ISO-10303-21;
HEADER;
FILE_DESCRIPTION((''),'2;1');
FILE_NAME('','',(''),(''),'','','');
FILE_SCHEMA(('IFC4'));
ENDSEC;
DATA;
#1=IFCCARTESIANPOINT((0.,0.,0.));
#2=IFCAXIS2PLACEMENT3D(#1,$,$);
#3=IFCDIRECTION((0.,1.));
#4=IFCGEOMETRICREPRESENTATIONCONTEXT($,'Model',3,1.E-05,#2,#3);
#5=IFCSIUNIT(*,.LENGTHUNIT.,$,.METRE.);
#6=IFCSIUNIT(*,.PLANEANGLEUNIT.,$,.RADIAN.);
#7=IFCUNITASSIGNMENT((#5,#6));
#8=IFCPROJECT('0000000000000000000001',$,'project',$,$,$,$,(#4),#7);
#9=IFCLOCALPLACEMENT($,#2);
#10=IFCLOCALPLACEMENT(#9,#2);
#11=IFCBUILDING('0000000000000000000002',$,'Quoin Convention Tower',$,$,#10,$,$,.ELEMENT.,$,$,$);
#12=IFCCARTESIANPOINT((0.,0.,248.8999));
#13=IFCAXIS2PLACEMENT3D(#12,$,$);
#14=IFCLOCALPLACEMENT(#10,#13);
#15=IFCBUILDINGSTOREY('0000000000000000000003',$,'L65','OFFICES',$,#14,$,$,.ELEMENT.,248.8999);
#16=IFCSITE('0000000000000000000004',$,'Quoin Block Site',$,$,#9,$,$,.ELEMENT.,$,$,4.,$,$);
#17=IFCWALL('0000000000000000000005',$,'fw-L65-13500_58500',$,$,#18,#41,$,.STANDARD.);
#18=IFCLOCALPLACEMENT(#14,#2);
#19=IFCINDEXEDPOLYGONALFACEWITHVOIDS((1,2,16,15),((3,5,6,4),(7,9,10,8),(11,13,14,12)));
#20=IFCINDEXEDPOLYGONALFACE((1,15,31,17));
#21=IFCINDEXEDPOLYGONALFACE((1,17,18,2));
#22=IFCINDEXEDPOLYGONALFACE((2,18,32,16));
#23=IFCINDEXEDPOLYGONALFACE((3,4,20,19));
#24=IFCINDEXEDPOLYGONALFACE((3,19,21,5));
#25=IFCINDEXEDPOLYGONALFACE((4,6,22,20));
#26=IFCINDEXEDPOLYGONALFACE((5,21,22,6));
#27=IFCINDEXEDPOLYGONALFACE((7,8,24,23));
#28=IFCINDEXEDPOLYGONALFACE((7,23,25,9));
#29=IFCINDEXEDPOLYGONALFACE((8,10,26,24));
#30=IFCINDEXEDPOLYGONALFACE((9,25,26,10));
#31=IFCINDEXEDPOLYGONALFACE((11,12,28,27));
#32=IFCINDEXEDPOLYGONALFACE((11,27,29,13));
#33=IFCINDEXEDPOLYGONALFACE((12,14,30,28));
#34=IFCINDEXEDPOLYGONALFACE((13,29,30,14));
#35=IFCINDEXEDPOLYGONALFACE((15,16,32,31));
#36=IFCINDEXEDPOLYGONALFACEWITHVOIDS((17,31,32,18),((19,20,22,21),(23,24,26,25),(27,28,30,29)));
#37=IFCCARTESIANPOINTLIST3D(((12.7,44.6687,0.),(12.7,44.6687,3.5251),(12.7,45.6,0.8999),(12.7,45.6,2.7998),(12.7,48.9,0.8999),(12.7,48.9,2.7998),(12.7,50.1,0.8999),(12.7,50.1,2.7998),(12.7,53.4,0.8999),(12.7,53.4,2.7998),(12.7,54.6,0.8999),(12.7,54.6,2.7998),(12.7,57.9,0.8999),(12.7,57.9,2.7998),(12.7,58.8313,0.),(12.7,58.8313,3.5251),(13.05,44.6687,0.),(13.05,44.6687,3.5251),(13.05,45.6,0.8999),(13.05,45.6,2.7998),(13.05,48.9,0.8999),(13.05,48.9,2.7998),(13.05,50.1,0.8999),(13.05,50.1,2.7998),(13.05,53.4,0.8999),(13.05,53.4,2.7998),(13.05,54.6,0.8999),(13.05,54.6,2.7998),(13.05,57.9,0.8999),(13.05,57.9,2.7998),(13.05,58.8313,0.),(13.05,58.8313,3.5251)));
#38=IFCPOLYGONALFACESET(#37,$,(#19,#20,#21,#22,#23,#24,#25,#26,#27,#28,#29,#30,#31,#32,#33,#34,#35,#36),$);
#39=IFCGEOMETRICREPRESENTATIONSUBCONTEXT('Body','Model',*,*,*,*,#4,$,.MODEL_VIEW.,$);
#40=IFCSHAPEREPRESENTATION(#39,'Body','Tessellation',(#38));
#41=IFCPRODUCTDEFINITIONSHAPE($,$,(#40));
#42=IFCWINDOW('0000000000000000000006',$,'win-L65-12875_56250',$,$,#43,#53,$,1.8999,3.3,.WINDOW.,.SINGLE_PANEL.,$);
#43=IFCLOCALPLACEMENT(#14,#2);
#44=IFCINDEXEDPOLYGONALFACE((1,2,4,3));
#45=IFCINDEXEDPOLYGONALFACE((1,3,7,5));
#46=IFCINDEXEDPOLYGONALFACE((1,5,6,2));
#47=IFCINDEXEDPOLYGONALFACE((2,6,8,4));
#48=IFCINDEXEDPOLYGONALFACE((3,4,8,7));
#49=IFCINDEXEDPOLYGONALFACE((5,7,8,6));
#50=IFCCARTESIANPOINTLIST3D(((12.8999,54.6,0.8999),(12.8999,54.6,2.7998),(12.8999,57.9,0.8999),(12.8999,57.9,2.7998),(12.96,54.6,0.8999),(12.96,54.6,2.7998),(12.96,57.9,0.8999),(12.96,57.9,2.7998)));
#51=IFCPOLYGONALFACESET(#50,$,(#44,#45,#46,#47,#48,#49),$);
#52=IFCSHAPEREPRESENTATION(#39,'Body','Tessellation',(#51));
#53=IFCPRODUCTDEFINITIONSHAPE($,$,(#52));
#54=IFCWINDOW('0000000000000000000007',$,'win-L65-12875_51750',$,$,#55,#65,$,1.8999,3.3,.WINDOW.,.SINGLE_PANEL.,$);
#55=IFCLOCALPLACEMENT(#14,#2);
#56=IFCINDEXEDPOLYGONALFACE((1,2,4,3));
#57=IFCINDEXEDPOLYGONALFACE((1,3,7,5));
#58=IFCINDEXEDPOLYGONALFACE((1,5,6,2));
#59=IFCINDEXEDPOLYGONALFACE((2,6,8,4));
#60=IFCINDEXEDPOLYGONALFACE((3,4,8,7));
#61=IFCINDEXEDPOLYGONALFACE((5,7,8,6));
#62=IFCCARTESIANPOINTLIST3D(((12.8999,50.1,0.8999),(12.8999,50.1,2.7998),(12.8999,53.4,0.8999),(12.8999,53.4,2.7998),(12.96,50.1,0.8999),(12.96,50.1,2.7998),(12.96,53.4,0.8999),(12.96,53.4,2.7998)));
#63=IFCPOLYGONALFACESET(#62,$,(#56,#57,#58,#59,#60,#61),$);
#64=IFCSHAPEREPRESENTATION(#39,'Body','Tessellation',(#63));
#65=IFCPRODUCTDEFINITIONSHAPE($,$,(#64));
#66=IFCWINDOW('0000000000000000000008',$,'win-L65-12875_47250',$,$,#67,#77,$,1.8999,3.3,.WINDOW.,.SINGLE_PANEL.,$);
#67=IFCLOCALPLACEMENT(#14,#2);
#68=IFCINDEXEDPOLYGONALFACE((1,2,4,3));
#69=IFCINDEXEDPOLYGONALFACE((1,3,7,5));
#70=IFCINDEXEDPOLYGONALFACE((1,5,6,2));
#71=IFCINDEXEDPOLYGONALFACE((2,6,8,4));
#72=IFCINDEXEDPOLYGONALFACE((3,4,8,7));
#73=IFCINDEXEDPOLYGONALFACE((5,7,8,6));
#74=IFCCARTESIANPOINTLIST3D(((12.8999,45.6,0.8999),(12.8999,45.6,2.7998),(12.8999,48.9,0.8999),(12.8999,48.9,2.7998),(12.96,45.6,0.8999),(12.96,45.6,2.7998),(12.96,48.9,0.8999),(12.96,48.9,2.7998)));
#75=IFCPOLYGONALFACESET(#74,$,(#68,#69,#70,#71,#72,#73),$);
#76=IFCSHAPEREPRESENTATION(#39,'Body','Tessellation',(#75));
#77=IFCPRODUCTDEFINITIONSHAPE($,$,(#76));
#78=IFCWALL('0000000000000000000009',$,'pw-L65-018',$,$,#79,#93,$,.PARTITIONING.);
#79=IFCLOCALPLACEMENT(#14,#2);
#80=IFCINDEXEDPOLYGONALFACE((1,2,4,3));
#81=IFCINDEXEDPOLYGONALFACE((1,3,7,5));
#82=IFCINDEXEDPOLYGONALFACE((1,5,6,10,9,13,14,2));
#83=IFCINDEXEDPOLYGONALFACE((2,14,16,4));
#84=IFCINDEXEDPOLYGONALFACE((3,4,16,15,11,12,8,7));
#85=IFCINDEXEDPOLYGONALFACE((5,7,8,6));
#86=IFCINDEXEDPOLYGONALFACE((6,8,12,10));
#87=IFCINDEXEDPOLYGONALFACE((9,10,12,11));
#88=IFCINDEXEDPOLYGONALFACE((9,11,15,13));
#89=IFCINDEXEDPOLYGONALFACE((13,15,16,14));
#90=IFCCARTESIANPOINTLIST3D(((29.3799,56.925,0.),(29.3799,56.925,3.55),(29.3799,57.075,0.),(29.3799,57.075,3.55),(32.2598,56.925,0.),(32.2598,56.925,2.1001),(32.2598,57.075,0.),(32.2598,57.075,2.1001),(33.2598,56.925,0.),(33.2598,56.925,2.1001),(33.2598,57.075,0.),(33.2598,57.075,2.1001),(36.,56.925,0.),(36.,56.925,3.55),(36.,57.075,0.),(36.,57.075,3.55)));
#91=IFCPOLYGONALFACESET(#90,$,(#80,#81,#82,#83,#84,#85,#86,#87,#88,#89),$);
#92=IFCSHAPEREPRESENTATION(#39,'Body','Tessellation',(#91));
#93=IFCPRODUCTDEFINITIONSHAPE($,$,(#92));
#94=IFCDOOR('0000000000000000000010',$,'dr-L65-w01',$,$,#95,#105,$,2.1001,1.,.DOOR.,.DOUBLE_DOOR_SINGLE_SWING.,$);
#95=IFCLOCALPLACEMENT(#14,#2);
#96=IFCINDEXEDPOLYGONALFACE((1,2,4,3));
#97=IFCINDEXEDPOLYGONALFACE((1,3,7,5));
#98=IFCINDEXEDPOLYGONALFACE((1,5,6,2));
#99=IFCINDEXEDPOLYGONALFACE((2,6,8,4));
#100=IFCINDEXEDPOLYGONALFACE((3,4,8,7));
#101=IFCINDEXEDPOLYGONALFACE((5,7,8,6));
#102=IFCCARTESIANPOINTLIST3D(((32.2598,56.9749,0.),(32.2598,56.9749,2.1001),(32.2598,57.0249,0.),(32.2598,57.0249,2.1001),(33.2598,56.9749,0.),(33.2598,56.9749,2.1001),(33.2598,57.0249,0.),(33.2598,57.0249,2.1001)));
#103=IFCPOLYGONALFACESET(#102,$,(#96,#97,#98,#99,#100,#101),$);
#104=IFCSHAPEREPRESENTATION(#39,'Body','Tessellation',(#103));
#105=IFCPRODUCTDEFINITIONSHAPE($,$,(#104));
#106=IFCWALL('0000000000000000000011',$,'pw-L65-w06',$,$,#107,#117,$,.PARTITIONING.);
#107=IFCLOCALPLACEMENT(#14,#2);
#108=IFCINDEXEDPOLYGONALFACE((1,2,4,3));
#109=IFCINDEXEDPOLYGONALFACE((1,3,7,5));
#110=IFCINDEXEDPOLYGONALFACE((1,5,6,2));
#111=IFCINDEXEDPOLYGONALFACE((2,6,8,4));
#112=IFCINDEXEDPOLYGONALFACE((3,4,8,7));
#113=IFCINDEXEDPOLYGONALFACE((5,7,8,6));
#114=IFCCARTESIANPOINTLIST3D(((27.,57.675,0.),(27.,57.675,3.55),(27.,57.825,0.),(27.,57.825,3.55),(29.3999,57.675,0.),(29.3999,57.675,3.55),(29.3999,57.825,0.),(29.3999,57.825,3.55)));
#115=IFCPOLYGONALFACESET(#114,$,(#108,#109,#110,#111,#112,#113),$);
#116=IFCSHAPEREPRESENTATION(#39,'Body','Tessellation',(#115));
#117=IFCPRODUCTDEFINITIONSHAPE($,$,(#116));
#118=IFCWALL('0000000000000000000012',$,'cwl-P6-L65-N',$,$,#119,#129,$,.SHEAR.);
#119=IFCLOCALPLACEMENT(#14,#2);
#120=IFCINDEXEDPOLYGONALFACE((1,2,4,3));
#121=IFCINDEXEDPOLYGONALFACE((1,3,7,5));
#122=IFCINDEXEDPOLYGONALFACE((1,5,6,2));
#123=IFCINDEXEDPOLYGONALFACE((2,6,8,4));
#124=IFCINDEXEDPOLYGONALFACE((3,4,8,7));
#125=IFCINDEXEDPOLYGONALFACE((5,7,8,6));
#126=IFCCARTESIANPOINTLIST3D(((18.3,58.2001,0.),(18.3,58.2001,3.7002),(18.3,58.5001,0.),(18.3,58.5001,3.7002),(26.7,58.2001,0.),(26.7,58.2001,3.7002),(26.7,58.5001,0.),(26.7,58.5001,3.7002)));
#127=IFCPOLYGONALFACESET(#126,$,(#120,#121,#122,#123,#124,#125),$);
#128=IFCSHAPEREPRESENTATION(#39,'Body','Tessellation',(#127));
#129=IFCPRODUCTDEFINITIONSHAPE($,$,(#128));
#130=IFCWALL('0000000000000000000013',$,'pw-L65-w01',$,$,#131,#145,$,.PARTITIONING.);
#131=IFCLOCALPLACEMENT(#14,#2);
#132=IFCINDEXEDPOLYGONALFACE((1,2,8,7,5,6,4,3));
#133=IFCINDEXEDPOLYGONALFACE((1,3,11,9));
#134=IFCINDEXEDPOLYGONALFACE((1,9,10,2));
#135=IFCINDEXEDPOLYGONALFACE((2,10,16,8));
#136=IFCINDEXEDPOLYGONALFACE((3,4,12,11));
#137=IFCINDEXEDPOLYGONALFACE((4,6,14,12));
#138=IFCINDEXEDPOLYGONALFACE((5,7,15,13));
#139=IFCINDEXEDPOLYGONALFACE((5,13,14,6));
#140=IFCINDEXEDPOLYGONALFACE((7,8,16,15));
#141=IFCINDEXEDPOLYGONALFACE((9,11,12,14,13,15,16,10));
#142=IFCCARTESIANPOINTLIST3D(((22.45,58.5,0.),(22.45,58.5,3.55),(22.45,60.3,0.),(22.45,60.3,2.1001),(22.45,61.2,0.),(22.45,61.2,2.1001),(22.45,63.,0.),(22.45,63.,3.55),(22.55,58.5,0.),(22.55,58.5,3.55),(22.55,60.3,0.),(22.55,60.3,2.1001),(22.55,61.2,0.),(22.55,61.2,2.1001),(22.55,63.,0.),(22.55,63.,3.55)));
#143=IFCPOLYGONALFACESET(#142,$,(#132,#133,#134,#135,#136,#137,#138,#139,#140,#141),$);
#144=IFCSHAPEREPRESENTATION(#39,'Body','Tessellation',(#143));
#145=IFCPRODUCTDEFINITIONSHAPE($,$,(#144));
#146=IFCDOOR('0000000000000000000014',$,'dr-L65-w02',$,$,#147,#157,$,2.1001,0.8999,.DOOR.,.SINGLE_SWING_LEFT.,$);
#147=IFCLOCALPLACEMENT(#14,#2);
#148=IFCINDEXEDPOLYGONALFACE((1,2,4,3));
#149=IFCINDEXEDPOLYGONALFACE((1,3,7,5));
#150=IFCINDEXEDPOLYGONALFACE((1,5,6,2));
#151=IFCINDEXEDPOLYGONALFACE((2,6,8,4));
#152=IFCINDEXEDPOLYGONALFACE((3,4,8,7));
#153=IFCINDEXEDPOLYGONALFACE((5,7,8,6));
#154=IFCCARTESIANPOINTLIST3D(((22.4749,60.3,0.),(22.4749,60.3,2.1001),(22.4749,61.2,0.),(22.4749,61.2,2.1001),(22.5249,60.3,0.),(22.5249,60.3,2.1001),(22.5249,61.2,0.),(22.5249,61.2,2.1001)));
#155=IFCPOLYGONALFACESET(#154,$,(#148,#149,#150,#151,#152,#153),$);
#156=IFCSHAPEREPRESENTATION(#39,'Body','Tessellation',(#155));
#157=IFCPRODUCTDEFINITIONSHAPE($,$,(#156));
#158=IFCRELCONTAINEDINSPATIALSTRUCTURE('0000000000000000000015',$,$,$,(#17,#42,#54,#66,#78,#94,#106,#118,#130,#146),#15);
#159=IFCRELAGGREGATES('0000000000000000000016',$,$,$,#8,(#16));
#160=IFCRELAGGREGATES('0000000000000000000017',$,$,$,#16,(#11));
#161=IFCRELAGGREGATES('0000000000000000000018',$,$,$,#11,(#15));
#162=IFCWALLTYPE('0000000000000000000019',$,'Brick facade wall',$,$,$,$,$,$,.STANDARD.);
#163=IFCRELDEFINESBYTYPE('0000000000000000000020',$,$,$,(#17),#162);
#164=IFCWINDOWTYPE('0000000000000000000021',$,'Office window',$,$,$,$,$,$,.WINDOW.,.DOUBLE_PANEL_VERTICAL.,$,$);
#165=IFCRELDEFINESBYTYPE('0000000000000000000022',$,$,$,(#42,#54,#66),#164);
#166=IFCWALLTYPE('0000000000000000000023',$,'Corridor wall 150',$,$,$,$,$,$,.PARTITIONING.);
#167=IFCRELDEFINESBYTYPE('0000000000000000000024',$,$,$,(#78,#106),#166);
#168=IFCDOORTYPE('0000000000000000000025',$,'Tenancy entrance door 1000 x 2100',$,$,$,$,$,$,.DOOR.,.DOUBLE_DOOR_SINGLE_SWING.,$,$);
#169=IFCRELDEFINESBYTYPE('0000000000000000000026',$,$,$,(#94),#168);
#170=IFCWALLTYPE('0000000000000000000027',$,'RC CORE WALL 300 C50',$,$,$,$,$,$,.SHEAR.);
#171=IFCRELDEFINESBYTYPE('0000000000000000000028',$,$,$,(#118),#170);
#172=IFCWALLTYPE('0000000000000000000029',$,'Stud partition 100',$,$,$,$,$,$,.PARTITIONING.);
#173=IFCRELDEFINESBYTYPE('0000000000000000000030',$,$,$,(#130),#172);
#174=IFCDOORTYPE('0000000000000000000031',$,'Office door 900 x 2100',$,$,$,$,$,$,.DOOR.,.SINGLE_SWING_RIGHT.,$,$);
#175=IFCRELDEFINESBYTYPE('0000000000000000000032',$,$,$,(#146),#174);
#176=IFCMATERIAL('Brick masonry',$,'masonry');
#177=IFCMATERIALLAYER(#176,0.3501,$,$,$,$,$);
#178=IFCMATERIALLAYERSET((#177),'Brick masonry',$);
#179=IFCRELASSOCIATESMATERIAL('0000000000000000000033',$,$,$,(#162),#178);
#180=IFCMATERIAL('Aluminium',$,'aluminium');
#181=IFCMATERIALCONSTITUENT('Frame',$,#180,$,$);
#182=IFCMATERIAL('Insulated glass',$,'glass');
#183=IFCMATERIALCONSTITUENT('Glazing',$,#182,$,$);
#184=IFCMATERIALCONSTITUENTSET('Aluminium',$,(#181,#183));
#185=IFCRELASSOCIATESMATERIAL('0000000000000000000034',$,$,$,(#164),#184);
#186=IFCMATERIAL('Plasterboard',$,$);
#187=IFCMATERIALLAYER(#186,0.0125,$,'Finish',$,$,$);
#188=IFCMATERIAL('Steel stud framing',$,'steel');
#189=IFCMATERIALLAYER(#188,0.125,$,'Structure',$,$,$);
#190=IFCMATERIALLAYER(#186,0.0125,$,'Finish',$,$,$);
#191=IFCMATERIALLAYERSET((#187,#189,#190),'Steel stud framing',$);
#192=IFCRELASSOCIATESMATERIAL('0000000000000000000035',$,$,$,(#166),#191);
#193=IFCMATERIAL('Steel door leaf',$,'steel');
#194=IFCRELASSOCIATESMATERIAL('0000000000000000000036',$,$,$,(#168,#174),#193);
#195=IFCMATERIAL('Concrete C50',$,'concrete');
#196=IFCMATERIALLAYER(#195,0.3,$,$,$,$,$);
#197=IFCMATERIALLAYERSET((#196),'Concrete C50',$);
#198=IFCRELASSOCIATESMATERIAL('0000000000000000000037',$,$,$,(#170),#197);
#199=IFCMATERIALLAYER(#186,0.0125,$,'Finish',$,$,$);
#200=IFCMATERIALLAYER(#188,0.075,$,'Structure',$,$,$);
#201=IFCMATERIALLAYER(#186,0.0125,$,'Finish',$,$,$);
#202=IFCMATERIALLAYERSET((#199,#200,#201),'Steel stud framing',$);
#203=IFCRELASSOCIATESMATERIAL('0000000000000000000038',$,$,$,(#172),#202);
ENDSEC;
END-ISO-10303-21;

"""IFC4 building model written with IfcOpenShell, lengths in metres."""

from ifc_helpers import new_model, si_unit, direction, frame, frame_2d, origin, place, context, subcontext, project, spatial, rectangle, extrude, material, layer, layer_set, constituent, constituent_set, type_object, element, fill, save


model = new_model("IFC4")

# Units and contexts
model_context = context("Model", 3, precision=1e-05, world=origin(), true_north=direction((0.0, 1.0)))
body_context = subcontext(model_context, "Body", "Model", "MODEL_VIEW")
ifc_project = project(units=[si_unit("LENGTHUNIT", "METRE"), si_unit("PLANEANGLEUNIT", "RADIAN")], contexts=[model_context])

# Site, building, storey
site_placement = place(None, origin())
site = spatial("IfcSite", under=ifc_project, at=site_placement, Name="Quoin Block Site", CompositionType="ELEMENT", RefElevation=4.0)
building_placement = place(site_placement, origin())
building = spatial("IfcBuilding", under=site, at=building_placement, Name="Quoin Convention Tower", CompositionType="ELEMENT")
storey_placement = place(building_placement, frame((0.0, 0.0, 248.8999)))
storey = spatial("IfcBuildingStorey", under=building, at=storey_placement, Name="L65", Description="OFFICES", CompositionType="ELEMENT", Elevation=248.8999)

# Shared definitions
ifc_material_1 = material(Name="Concrete C50", Category="concrete")

# Shared definitions
ifc_material_2 = material(Name="Brick masonry", Category="masonry")
ifc_layer_1 = layer(ifc_material_2, 0.3501)
ifc_layer_set_1 = layer_set([ifc_layer_1], Name="Brick masonry")
wall_type_1 = type_object("IfcWallType", Name="Brick facade wall", PredefinedType="STANDARD", material=ifc_layer_set_1)
ifc_material_3 = material(Name="Aluminium", Category="aluminium")
ifc_constituent_1 = constituent(ifc_material_3, Name="Frame")
ifc_material_4 = material(Name="Insulated glass", Category="glass")
ifc_constituent_2 = constituent(ifc_material_4, Name="Glazing")
ifc_constituent_set = constituent_set(constituents=[ifc_constituent_1, ifc_constituent_2], Name="Aluminium")
window_type = type_object("IfcWindowType", Name="Office window", PartitioningType="DOUBLE_PANEL_VERTICAL", PredefinedType="WINDOW", material=ifc_constituent_set)

# Wall, openings, windows
wall_1_placement = place(storey_placement, frame((12.875, 58.8313, 0.0), z_axis=(0.0, 0.0, 1.0), x_axis=(0.0, -1.0, 0.0)))
wall_1 = element("IfcWall", 1, at=wall_1_placement, inside=storey, type_object=wall_type_1, Name="fw-L65-13500_58500", PredefinedType="STANDARD", context=body_context, shape_type="SweptSolid", body=[
    extrude(rectangle(XDim=14.1626, YDim=0.3501, at=frame_2d((7.0813, 0.0))), origin(), (0.0, 0.0, 1.0), 3.5251),
])
opening_1_placement = place(wall_1_placement, frame((0.9314, 0.0, 0.8999)))
opening_1 = element("IfcOpeningElement", 2, at=opening_1_placement, cuts=wall_1, PredefinedType="OPENING", context=body_context, shape_type="SweptSolid", body=[
    extrude(rectangle(XDim=3.3, YDim=1.8999, at=frame_2d((1.6499, 0.95))), frame((0.0, 0.1851, 0.0), z_axis=(0.0, -1.0, 0.0), x_axis=(1.0, 0.0, 0.0)), (0.0, 0.0, 1.0), 0.3701),
])
opening_2_placement = place(wall_1_placement, frame((5.4314, 0.0, 0.8999)))
opening_2 = element("IfcOpeningElement", 3, at=opening_2_placement, cuts=wall_1, PredefinedType="OPENING", context=body_context, shape_type="SweptSolid", body=[
    extrude(rectangle(XDim=3.3, YDim=1.8999, at=frame_2d((1.6499, 0.95))), frame((0.0, 0.1851, 0.0), z_axis=(0.0, -1.0, 0.0), x_axis=(1.0, 0.0, 0.0)), (0.0, 0.0, 1.0), 0.3701),
])
opening_3_placement = place(wall_1_placement, frame((9.9314, 0.0, 0.8999)))
opening_3 = element("IfcOpeningElement", 4, at=opening_3_placement, cuts=wall_1, PredefinedType="OPENING", context=body_context, shape_type="SweptSolid", body=[
    extrude(rectangle(XDim=3.3, YDim=1.8999, at=frame_2d((1.6499, 0.95))), frame((0.0, 0.1851, 0.0), z_axis=(0.0, -1.0, 0.0), x_axis=(1.0, 0.0, 0.0)), (0.0, 0.0, 1.0), 0.3701),
])
window_1_placement = place(opening_1_placement, origin())
window_1 = element("IfcWindow", 5, at=window_1_placement, inside=storey, type_object=window_type, Name="win-L65-12875_56250", OverallHeight=1.8999, OverallWidth=3.3, PartitioningType="SINGLE_PANEL", PredefinedType="WINDOW", context=body_context, shape_type="SweptSolid", body=[
    extrude(rectangle(XDim=3.3, YDim=1.8999, at=frame_2d((1.6499, 0.95))), frame((0.0, 0.085, 0.0), z_axis=(0.0, -1.0, 0.0), x_axis=(1.0, 0.0, 0.0)), (0.0, 0.0, 1.0), 0.0601),
])
fill(opening_1, window_1)
window_2_placement = place(opening_2_placement, origin())
window_2 = element("IfcWindow", 6, at=window_2_placement, inside=storey, type_object=window_type, Name="win-L65-12875_51750", OverallHeight=1.8999, OverallWidth=3.3, PartitioningType="SINGLE_PANEL", PredefinedType="WINDOW", context=body_context, shape_type="SweptSolid", body=[
    extrude(rectangle(XDim=3.3, YDim=1.8999, at=frame_2d((1.6499, 0.95))), frame((0.0, 0.085, 0.0), z_axis=(0.0, -1.0, 0.0), x_axis=(1.0, 0.0, 0.0)), (0.0, 0.0, 1.0), 0.0601),
])
fill(opening_2, window_2)
window_3_placement = place(opening_3_placement, origin())
window_3 = element("IfcWindow", 7, at=window_3_placement, inside=storey, type_object=window_type, Name="win-L65-12875_47250", OverallHeight=1.8999, OverallWidth=3.3, PartitioningType="SINGLE_PANEL", PredefinedType="WINDOW", context=body_context, shape_type="SweptSolid", body=[
    extrude(rectangle(XDim=3.3, YDim=1.8999, at=frame_2d((1.6499, 0.95))), frame((0.0, 0.085, 0.0), z_axis=(0.0, -1.0, 0.0), x_axis=(1.0, 0.0, 0.0)), (0.0, 0.0, 1.0), 0.0601),
])
fill(opening_3, window_3)

# Wall, opening, door
ifc_material_5 = material(Name="Plasterboard")
ifc_layer_2 = layer(ifc_material_5, 0.0125, Name="Finish")
ifc_material_6 = material(Name="Steel stud framing", Category="steel")
ifc_layer_3 = layer(ifc_material_6, 0.125, Name="Structure")
ifc_layer_4 = layer(ifc_material_5, 0.0125, Name="Finish")
ifc_layer_set_2 = layer_set([ifc_layer_2, ifc_layer_3, ifc_layer_4], Name="Steel stud framing")
wall_type_2 = type_object("IfcWallType", Name="Corridor wall 150", PredefinedType="PARTITIONING", material=ifc_layer_set_2)
wall_2_placement = place(storey_placement, frame((29.3799, 57.0, 0.0), z_axis=(0.0, 0.0, 1.0), x_axis=(1.0, 0.0, 0.0)))
wall_2 = element("IfcWall", 8, at=wall_2_placement, inside=storey, type_object=wall_type_2, Name="pw-L65-018", PredefinedType="PARTITIONING", context=body_context, shape_type="SweptSolid", body=[
    extrude(rectangle(XDim=6.6201, YDim=0.1499, at=frame_2d((3.3101, 0.0))), origin(), (0.0, 0.0, 1.0), 3.55),
])
opening_4_placement = place(wall_2_placement, frame((2.8799, 0.0, 0.0)))
opening_4 = element("IfcOpeningElement", 9, at=opening_4_placement, cuts=wall_2, PredefinedType="OPENING", context=body_context, shape_type="SweptSolid", body=[
    extrude(rectangle(XDim=1.0, YDim=2.1001, at=frame_2d((0.5, 1.05))), frame((0.0, 0.085, 0.0), z_axis=(0.0, -1.0, 0.0), x_axis=(1.0, 0.0, 0.0)), (0.0, 0.0, 1.0), 0.1699),
])
ifc_material_7 = material(Name="Steel door leaf", Category="steel")
door_type_1 = type_object("IfcDoorType", Name="Tenancy entrance door 1000 x 2100", OperationType="DOUBLE_DOOR_SINGLE_SWING", PredefinedType="DOOR", material=ifc_material_7)
door_1_placement = place(opening_4_placement, origin())
door_1 = element("IfcDoor", 10, at=door_1_placement, inside=storey, type_object=door_type_1, Name="dr-L65-w01", OperationType="DOUBLE_DOOR_SINGLE_SWING", OverallHeight=2.1001, OverallWidth=1.0, PredefinedType="DOOR", context=body_context, shape_type="SweptSolid", body=[
    extrude(rectangle(XDim=1.0, YDim=2.1001, at=frame_2d((0.5, 1.05))), frame((0.0, 0.0249, 0.0), z_axis=(0.0, -1.0, 0.0), x_axis=(1.0, 0.0, 0.0)), (0.0, 0.0, 1.0), 0.05),
])
fill(opening_4, door_1)

# Walls
wall_3_placement = place(storey_placement, frame((27.0, 57.75, 0.0), z_axis=(0.0, 0.0, 1.0), x_axis=(1.0, 0.0, 0.0)))
element("IfcWall", 11, at=wall_3_placement, inside=storey, type_object=wall_type_2, Name="pw-L65-w06", PredefinedType="PARTITIONING", context=body_context, shape_type="SweptSolid", body=[
    extrude(rectangle(XDim=2.3999, YDim=0.1499, at=frame_2d((1.2, 0.0))), origin(), (0.0, 0.0, 1.0), 3.55),
])
ifc_layer_5 = layer(ifc_material_1, 0.3)
ifc_layer_set_3 = layer_set([ifc_layer_5], Name="Concrete C50")
wall_type_3 = type_object("IfcWallType", Name="RC CORE WALL 300 C50", PredefinedType="SHEAR", material=ifc_layer_set_3)
wall_4_placement = place(storey_placement, frame((18.3, 58.3501, 0.0), z_axis=(0.0, 0.0, 1.0), x_axis=(1.0, 0.0, 0.0)))
element("IfcWall", 12, at=wall_4_placement, inside=storey, type_object=wall_type_3, Name="cwl-P6-L65-N", PredefinedType="SHEAR", context=body_context, shape_type="SweptSolid", body=[
    extrude(rectangle(XDim=8.3999, YDim=0.3, at=frame_2d((4.2, 0.0))), origin(), (0.0, 0.0, 1.0), 3.7002),
])

# Wall, opening, door
ifc_layer_6 = layer(ifc_material_5, 0.0125, Name="Finish")
ifc_layer_7 = layer(ifc_material_6, 0.075, Name="Structure")
ifc_layer_8 = layer(ifc_material_5, 0.0125, Name="Finish")
ifc_layer_set_4 = layer_set([ifc_layer_6, ifc_layer_7, ifc_layer_8], Name="Steel stud framing")
wall_type_4 = type_object("IfcWallType", Name="Stud partition 100", PredefinedType="PARTITIONING", material=ifc_layer_set_4)
wall_5_placement = place(storey_placement, frame((22.5, 63.0, 0.0), z_axis=(0.0, 0.0, 1.0), x_axis=(0.0, -1.0, 0.0)))
wall_5 = element("IfcWall", 13, at=wall_5_placement, inside=storey, type_object=wall_type_4, Name="pw-L65-w01", PredefinedType="PARTITIONING", context=body_context, shape_type="SweptSolid", body=[
    extrude(rectangle(XDim=4.5, YDim=0.1001, at=frame_2d((2.25, 0.0))), origin(), (0.0, 0.0, 1.0), 3.55),
])
opening_5_placement = place(wall_5_placement, frame((1.8, 0.0, 0.0)))
opening_5 = element("IfcOpeningElement", 14, at=opening_5_placement, cuts=wall_5, PredefinedType="OPENING", context=body_context, shape_type="SweptSolid", body=[
    extrude(rectangle(XDim=0.8999, YDim=2.1001, at=frame_2d((0.45, 1.05))), frame((0.0, 0.0601, 0.0), z_axis=(0.0, -1.0, 0.0), x_axis=(1.0, 0.0, 0.0)), (0.0, 0.0, 1.0), 0.1201),
])
door_type_2 = type_object("IfcDoorType", Name="Office door 900 x 2100", OperationType="SINGLE_SWING_RIGHT", PredefinedType="DOOR", material=ifc_material_7)
door_2_placement = place(opening_5_placement, origin())
door_2 = element("IfcDoor", 15, at=door_2_placement, inside=storey, type_object=door_type_2, Name="dr-L65-w02", OperationType="SINGLE_SWING_LEFT", OverallHeight=2.1001, OverallWidth=0.8999, PredefinedType="DOOR", context=body_context, shape_type="SweptSolid", body=[
    extrude(rectangle(XDim=0.8999, YDim=2.1001, at=frame_2d((0.45, 1.05))), frame((0.0, 0.0249, 0.0), z_axis=(0.0, -1.0, 0.0), x_axis=(1.0, 0.0, 0.0)), (0.0, 0.0, 1.0), 0.05),
])
fill(opening_5, door_2)

save(model, "model.ifc")
